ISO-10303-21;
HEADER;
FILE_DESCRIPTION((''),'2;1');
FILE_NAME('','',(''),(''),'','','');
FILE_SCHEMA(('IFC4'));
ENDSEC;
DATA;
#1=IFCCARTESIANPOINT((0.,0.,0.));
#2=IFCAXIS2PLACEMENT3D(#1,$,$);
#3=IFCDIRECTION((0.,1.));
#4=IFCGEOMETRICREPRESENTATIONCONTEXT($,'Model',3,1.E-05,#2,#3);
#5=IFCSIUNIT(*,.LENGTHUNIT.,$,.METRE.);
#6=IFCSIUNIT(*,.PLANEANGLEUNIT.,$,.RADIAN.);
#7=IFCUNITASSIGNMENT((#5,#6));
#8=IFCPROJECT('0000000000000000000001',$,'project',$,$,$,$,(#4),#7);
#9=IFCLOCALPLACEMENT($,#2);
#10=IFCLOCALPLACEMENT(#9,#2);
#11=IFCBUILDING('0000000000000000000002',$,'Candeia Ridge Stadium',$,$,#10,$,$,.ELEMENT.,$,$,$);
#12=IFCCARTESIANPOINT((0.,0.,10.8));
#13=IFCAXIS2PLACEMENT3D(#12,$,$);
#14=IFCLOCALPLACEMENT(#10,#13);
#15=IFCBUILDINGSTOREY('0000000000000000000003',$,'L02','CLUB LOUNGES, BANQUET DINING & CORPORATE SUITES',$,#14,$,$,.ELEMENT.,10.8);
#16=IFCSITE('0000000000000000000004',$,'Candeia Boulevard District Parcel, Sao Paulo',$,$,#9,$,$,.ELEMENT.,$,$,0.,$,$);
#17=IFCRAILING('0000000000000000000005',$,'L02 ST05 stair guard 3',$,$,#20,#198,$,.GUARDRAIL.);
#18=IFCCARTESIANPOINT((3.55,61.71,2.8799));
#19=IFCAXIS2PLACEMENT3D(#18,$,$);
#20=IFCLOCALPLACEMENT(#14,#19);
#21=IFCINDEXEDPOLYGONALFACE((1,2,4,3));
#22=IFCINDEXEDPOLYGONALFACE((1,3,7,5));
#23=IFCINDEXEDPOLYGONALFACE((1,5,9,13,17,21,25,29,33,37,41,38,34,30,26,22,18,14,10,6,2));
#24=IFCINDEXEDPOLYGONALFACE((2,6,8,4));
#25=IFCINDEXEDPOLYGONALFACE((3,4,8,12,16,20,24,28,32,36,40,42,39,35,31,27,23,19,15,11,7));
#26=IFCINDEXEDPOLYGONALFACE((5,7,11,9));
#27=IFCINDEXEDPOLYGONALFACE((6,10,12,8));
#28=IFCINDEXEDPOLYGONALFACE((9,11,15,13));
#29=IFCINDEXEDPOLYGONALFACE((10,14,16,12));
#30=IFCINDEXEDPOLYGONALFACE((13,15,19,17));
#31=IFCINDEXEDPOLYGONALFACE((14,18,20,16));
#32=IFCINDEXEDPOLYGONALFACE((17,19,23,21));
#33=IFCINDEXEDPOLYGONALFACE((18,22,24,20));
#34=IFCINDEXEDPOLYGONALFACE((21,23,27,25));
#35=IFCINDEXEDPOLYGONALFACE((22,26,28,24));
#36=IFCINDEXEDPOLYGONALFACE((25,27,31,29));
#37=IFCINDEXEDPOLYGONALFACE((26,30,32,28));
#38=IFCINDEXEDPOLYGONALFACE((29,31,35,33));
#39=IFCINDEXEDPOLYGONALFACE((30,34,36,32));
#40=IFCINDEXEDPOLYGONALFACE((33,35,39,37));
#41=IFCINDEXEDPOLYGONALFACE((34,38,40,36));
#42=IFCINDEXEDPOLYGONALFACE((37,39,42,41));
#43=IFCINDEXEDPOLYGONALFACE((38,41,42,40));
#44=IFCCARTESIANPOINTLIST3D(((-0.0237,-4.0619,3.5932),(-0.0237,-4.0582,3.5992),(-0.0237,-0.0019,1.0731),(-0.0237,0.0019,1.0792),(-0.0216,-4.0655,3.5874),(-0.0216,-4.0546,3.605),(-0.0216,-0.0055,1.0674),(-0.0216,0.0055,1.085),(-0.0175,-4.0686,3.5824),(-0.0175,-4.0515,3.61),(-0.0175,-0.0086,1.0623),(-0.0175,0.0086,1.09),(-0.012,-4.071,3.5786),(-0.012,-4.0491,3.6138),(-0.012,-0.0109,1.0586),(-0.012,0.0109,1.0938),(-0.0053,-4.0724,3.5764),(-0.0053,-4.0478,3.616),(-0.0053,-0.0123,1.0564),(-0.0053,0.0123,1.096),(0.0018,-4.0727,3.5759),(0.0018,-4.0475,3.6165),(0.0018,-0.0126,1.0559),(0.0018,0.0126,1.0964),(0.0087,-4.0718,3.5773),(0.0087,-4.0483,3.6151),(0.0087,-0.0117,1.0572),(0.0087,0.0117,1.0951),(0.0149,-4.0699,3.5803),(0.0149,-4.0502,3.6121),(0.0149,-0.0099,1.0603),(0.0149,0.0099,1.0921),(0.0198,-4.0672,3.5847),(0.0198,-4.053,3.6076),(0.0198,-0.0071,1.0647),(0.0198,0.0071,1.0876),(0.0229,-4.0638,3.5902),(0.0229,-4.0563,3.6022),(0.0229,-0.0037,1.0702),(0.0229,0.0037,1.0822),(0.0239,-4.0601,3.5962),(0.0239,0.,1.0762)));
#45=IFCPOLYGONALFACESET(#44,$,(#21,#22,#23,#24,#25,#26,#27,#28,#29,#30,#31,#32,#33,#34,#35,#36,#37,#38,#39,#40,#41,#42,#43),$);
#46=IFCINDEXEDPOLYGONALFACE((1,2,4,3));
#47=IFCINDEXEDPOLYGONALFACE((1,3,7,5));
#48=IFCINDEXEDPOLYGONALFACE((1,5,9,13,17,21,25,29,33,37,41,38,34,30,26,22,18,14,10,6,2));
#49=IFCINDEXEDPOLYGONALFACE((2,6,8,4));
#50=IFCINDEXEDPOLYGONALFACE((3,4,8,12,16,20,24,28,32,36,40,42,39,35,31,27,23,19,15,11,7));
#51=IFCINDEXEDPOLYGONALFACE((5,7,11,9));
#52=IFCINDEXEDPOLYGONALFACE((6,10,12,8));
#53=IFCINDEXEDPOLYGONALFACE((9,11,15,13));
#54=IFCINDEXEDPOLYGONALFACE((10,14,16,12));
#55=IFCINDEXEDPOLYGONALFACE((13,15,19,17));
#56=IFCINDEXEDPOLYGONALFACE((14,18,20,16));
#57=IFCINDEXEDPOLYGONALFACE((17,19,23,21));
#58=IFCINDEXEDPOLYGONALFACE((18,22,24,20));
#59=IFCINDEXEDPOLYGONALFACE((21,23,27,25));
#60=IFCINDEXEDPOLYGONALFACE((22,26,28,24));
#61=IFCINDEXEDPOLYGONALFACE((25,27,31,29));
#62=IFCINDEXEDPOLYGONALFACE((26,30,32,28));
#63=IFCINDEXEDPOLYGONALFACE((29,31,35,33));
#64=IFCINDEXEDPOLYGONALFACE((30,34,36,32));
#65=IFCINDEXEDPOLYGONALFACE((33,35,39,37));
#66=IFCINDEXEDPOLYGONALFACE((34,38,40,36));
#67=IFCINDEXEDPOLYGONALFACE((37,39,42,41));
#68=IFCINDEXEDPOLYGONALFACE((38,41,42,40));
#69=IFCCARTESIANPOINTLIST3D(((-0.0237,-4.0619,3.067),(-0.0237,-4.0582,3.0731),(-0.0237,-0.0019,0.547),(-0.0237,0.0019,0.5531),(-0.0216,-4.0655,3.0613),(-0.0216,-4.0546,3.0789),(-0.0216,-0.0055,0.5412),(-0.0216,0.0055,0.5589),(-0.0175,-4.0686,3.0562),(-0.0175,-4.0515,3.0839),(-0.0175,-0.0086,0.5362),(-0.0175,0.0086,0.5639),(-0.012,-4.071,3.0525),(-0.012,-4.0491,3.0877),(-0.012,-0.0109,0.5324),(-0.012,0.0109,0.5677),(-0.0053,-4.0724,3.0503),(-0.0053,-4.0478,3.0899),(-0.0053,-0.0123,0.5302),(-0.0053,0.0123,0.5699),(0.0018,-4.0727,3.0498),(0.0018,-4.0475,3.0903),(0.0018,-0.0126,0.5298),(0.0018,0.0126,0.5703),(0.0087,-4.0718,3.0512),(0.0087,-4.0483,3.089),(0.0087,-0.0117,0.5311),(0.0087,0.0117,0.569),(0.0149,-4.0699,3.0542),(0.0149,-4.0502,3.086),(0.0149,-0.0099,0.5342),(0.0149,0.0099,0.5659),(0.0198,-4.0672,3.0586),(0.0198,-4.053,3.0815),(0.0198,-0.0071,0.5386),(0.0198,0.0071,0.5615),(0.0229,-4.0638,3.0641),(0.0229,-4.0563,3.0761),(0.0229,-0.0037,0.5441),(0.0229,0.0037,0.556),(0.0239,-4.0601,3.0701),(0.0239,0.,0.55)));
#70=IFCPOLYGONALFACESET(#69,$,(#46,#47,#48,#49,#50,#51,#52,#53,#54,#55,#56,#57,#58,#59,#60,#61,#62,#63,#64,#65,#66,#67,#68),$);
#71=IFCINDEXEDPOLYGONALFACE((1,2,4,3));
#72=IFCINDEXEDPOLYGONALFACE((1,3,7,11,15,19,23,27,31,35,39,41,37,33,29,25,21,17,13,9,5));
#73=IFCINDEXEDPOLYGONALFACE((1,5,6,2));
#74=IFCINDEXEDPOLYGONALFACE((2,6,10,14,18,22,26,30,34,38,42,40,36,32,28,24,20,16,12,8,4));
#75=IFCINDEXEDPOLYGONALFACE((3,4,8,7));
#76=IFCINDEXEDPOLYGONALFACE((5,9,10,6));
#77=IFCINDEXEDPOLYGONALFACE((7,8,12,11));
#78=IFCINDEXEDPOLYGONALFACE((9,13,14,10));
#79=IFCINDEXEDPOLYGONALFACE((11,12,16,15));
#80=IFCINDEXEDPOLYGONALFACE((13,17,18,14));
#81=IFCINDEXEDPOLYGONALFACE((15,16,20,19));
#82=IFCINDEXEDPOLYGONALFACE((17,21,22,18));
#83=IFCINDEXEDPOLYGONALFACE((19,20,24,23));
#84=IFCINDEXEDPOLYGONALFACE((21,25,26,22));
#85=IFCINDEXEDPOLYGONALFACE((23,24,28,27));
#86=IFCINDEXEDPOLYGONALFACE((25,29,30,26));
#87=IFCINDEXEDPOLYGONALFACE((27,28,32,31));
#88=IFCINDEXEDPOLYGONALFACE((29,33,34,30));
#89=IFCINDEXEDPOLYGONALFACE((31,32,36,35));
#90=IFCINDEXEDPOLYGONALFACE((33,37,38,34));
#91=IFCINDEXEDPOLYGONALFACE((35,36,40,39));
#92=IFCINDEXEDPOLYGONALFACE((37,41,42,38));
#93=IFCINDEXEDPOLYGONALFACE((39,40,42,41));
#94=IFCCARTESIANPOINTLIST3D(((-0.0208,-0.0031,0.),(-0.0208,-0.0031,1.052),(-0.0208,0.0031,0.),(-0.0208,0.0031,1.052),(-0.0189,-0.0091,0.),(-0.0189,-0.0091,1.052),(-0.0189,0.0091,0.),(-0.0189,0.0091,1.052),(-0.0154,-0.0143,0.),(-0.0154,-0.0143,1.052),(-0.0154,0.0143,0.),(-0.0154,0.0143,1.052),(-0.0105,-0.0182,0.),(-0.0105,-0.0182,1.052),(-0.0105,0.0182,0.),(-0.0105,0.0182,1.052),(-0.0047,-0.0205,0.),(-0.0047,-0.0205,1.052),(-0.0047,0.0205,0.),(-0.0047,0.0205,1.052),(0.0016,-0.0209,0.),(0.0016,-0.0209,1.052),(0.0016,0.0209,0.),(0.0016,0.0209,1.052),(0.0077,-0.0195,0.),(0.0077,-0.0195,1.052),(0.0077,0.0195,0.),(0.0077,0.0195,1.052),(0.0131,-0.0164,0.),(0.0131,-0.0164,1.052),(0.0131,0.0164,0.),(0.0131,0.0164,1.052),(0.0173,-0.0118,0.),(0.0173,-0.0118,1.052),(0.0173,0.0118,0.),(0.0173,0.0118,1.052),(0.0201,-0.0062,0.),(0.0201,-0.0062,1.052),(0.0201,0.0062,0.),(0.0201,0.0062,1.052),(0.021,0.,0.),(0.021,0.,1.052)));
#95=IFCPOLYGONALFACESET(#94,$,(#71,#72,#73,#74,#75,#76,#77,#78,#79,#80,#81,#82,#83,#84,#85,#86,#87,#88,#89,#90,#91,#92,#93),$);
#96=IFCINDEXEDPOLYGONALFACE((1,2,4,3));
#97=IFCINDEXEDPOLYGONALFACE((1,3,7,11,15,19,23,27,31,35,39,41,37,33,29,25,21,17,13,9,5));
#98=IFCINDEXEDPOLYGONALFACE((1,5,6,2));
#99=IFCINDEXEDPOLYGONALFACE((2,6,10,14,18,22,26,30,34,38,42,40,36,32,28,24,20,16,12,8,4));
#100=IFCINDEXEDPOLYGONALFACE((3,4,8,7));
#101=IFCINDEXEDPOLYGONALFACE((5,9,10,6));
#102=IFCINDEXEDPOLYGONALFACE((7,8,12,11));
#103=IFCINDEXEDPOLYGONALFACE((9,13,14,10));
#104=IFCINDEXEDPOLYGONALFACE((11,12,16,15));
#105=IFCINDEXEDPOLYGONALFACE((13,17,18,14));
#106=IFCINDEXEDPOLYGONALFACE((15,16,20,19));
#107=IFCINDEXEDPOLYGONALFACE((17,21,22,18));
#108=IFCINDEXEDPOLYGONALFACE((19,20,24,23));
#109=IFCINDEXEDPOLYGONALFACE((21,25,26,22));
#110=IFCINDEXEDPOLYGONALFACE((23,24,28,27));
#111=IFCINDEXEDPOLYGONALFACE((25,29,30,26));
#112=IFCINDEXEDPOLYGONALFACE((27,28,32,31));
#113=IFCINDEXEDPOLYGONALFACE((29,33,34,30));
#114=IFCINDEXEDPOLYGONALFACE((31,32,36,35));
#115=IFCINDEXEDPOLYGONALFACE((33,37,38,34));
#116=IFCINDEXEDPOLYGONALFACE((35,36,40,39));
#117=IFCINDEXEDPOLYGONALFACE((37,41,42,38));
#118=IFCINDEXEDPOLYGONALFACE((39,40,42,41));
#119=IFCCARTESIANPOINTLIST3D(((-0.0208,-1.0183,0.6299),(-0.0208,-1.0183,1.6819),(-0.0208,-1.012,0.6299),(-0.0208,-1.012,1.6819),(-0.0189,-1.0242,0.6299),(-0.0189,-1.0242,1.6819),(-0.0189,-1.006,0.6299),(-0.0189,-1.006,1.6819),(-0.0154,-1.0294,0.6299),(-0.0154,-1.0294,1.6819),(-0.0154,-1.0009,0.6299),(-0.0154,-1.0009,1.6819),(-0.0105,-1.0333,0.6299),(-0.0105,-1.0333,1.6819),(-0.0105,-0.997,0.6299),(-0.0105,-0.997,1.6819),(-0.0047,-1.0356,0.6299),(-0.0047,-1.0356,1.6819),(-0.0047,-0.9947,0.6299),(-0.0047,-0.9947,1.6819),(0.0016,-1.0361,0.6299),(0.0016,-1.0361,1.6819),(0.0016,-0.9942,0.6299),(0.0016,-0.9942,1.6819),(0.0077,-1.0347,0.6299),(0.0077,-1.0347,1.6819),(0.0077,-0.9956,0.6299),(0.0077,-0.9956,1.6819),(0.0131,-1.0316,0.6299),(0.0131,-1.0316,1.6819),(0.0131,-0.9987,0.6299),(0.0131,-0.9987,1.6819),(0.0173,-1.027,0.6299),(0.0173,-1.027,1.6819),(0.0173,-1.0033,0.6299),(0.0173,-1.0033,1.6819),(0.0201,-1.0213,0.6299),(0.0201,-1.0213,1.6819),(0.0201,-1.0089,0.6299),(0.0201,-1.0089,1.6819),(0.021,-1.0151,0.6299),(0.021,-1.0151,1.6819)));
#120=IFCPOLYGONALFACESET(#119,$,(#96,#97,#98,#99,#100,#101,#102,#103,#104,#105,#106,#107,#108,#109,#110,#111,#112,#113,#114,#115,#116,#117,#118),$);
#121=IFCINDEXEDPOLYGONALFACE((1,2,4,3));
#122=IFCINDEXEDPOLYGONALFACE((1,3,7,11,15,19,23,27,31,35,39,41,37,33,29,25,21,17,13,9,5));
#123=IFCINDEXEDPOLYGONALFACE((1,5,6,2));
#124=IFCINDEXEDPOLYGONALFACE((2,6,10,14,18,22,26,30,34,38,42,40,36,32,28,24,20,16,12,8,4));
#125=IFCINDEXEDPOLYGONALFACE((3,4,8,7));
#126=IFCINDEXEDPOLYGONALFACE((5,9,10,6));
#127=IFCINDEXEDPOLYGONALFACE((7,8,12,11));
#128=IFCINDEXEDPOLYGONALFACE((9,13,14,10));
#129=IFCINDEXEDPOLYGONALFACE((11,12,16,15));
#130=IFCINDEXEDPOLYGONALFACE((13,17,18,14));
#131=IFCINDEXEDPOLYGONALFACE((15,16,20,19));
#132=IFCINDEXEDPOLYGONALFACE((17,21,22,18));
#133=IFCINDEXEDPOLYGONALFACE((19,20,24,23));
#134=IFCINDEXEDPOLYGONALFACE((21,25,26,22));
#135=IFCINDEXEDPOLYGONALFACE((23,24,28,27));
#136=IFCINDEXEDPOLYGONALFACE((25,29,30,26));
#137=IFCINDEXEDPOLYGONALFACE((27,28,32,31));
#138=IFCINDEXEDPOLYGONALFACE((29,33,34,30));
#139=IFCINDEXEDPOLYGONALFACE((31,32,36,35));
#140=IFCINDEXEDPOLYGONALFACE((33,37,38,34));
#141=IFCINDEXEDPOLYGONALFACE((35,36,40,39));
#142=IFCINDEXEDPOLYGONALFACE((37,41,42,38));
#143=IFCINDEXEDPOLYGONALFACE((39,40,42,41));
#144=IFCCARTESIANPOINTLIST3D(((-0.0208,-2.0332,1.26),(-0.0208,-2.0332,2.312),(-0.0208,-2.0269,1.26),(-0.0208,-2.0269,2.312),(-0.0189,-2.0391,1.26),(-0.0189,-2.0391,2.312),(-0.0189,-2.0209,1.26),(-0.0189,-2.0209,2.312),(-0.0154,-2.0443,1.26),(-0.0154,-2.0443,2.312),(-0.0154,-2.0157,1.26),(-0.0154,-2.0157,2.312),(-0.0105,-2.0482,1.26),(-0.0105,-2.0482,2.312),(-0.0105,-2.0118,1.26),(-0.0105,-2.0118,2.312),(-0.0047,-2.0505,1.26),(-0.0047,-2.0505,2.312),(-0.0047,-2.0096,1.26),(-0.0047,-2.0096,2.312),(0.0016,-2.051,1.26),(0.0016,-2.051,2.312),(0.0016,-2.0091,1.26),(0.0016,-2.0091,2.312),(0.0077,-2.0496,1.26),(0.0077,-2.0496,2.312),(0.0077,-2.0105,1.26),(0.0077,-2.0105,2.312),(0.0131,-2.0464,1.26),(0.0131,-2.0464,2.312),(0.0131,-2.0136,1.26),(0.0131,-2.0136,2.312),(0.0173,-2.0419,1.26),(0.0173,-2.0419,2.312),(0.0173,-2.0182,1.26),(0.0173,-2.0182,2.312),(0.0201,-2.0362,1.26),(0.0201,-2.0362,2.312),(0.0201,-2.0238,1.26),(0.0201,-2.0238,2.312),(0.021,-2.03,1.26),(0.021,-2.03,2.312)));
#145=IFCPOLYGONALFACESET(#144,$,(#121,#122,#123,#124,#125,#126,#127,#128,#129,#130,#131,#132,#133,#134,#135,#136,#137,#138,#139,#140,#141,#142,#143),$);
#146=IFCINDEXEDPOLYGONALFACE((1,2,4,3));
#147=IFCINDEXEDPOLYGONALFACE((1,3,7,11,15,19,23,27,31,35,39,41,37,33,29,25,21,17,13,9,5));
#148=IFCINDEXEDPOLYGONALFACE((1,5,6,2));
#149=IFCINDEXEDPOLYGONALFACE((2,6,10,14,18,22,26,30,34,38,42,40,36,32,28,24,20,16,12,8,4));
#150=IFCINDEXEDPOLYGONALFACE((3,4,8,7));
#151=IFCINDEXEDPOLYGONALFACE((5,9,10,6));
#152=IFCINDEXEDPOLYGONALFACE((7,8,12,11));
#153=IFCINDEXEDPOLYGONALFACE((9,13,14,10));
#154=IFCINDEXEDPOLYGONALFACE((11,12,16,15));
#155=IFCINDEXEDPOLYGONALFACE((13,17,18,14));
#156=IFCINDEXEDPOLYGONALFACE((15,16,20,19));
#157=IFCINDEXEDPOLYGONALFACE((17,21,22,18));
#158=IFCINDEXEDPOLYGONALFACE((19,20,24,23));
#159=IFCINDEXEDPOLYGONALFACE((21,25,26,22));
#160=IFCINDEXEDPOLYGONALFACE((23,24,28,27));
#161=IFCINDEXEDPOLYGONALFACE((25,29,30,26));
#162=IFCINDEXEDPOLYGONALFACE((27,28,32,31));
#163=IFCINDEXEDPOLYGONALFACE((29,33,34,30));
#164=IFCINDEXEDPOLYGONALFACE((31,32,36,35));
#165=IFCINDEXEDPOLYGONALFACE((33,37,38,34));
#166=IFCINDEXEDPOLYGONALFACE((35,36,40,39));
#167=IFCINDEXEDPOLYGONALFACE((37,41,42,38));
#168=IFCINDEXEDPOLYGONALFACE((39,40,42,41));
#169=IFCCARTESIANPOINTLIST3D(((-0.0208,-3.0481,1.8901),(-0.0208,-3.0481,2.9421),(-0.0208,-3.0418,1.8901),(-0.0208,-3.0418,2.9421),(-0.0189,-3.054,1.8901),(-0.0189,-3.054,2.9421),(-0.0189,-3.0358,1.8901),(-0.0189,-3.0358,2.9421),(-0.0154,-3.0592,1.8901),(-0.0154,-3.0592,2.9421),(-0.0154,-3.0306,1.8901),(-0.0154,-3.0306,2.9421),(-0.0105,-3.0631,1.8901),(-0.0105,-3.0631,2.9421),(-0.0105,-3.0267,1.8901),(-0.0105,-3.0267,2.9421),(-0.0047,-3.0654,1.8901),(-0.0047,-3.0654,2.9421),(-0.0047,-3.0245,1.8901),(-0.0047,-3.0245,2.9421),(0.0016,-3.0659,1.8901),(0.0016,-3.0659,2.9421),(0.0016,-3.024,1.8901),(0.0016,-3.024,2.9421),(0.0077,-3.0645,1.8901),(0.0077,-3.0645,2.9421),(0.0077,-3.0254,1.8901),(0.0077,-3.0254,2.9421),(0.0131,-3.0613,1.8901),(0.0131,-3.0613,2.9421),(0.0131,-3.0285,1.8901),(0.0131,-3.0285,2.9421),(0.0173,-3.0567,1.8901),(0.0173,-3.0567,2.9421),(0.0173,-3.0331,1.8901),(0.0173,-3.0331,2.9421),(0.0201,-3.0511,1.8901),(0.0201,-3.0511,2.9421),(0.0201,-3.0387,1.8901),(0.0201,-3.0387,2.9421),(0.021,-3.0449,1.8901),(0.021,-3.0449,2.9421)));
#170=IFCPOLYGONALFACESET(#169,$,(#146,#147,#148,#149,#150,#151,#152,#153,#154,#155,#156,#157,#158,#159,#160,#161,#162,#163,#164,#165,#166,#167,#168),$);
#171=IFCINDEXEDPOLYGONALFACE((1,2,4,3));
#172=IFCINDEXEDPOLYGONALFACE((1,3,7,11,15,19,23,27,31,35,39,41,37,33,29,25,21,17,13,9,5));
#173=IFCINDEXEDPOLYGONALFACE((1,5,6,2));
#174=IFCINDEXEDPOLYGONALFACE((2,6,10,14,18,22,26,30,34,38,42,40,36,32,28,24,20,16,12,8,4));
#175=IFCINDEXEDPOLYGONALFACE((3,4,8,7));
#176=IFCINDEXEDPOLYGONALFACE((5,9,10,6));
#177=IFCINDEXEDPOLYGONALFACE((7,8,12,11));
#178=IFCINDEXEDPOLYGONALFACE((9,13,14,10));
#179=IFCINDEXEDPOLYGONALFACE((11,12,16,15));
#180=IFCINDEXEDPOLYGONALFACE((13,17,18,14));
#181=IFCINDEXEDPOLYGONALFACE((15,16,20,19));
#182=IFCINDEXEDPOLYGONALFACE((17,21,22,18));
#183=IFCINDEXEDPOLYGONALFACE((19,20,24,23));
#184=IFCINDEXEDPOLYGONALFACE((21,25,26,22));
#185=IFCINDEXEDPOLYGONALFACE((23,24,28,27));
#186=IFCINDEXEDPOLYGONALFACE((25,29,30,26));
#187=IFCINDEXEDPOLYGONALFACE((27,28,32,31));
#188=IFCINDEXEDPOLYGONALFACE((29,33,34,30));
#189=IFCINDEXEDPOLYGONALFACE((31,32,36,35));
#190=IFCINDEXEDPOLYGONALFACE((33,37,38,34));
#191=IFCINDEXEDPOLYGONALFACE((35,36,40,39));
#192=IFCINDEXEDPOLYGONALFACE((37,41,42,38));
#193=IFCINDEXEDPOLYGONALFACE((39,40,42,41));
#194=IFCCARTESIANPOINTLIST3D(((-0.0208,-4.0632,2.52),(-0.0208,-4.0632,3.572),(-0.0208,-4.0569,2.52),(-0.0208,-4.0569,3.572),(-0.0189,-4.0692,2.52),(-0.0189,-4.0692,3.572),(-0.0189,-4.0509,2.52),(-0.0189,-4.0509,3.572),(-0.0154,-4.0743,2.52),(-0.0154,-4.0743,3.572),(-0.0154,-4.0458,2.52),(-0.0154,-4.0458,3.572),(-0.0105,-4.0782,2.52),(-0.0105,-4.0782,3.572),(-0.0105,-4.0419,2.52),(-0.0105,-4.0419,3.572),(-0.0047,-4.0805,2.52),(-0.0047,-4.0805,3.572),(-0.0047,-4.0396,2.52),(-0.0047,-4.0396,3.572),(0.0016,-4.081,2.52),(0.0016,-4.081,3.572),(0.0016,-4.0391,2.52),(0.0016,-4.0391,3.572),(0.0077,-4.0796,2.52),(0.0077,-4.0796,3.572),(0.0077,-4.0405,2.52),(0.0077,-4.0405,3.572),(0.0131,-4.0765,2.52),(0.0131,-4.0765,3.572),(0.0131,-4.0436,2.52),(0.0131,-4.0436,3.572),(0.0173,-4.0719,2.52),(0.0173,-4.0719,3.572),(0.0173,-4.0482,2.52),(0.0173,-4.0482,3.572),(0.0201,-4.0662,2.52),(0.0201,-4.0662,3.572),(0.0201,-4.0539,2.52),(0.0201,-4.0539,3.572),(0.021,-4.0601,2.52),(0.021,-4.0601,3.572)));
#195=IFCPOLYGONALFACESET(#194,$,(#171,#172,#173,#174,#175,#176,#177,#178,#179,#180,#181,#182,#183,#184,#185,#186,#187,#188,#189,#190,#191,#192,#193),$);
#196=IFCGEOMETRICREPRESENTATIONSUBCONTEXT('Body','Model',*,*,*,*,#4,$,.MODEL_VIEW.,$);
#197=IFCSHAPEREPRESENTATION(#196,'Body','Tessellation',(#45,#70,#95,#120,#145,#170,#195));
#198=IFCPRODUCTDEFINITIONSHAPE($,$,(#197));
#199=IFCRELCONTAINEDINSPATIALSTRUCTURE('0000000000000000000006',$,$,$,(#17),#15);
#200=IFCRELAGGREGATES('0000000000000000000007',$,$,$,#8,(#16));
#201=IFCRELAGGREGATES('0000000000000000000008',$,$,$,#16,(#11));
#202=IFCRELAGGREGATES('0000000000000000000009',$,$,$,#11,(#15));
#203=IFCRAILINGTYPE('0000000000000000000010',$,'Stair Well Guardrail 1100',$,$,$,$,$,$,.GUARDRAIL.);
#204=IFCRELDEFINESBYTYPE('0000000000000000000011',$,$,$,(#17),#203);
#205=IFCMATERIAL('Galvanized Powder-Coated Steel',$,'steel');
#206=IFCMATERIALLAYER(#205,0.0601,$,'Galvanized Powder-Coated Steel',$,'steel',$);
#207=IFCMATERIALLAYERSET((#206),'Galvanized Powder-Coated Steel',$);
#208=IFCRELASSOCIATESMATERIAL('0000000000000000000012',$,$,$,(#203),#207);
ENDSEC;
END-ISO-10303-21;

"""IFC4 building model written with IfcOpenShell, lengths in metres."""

from ifc_helpers import new_model, si_unit, direction, frame, origin, origin_2d, place, context, subcontext, project, spatial, circle, extrude, material, layer, layer_set, type_object, element, save


model = new_model("IFC4")

# Units and contexts
model_context = context("Model", 3, precision=1e-05, world=origin(), true_north=direction((0.0, 1.0)))
body_context = subcontext(model_context, "Body", "Model", "MODEL_VIEW")
ifc_project = project(units=[si_unit("LENGTHUNIT", "METRE"), si_unit("PLANEANGLEUNIT", "RADIAN")], contexts=[model_context])

# Site, building, storey
site_placement = place(None, origin())
site = spatial("IfcSite", under=ifc_project, at=site_placement, Name="Candeia Boulevard District Parcel, Sao Paulo", CompositionType="ELEMENT", RefElevation=0.0)
building_placement = place(site_placement, origin())
building = spatial("IfcBuilding", under=site, at=building_placement, Name="Candeia Ridge Stadium", CompositionType="ELEMENT")
storey_placement = place(building_placement, frame((0.0, 0.0, 10.8)))
storey = spatial("IfcBuildingStorey", under=building, at=storey_placement, Name="L02", Description="CLUB LOUNGES, BANQUET DINING & CORPORATE SUITES", CompositionType="ELEMENT", Elevation=10.8)

# Railing
ifc_material_1 = material(Name="Galvanized Powder-Coated Steel", Category="steel")
ifc_layer_1 = layer(ifc_material_1, 0.0601, Name="Galvanized Powder-Coated Steel", Category="steel")
ifc_layer_set_1 = layer_set([ifc_layer_1], Name="Galvanized Powder-Coated Steel")
railing_type_1 = type_object("IfcRailingType", Name="Stair Well Guardrail 1100", PredefinedType="GUARDRAIL", material=ifc_layer_set_1)
railing_1_placement = place(storey_placement, frame((3.55, 61.71, 2.8799)))
element("IfcRailing", 1, at=railing_1_placement, inside=storey, type_object=railing_type_1, Name="L02 ST05 stair guard 3", PredefinedType="GUARDRAIL", context=body_context, shape_type="SweptSolid", body=[
    extrude(circle(Radius=0.0239, at=origin_2d()), frame((0.0, 0.0, 1.0762), z_axis=(0.0, -0.849642, 0.52736), x_axis=(1.0, 0.0, 0.0)), (0.0, 0.0, 1.0), 4.7786),
    extrude(circle(Radius=0.0239, at=origin_2d()), frame((0.0, 0.0, 0.55), z_axis=(0.0, -0.849642, 0.52736), x_axis=(1.0, 0.0, 0.0)), (0.0, 0.0, 1.0), 4.7786),
    extrude(circle(Radius=0.021, at=origin_2d()), origin(), (0.0, 0.0, 1.0), 1.052),
    extrude(circle(Radius=0.021, at=origin_2d()), frame((0.0, -1.0151, 0.6299)), (0.0, 0.0, 1.0), 1.052),
    extrude(circle(Radius=0.021, at=origin_2d()), frame((0.0, -2.03, 1.26)), (0.0, 0.0, 1.0), 1.052),
    extrude(circle(Radius=0.021, at=origin_2d()), frame((0.0, -3.0449, 1.8901)), (0.0, 0.0, 1.0), 1.052),
    extrude(circle(Radius=0.021, at=origin_2d()), frame((0.0, -4.0601, 2.52)), (0.0, 0.0, 1.0), 1.052),
])

save(model, "model.ifc")
